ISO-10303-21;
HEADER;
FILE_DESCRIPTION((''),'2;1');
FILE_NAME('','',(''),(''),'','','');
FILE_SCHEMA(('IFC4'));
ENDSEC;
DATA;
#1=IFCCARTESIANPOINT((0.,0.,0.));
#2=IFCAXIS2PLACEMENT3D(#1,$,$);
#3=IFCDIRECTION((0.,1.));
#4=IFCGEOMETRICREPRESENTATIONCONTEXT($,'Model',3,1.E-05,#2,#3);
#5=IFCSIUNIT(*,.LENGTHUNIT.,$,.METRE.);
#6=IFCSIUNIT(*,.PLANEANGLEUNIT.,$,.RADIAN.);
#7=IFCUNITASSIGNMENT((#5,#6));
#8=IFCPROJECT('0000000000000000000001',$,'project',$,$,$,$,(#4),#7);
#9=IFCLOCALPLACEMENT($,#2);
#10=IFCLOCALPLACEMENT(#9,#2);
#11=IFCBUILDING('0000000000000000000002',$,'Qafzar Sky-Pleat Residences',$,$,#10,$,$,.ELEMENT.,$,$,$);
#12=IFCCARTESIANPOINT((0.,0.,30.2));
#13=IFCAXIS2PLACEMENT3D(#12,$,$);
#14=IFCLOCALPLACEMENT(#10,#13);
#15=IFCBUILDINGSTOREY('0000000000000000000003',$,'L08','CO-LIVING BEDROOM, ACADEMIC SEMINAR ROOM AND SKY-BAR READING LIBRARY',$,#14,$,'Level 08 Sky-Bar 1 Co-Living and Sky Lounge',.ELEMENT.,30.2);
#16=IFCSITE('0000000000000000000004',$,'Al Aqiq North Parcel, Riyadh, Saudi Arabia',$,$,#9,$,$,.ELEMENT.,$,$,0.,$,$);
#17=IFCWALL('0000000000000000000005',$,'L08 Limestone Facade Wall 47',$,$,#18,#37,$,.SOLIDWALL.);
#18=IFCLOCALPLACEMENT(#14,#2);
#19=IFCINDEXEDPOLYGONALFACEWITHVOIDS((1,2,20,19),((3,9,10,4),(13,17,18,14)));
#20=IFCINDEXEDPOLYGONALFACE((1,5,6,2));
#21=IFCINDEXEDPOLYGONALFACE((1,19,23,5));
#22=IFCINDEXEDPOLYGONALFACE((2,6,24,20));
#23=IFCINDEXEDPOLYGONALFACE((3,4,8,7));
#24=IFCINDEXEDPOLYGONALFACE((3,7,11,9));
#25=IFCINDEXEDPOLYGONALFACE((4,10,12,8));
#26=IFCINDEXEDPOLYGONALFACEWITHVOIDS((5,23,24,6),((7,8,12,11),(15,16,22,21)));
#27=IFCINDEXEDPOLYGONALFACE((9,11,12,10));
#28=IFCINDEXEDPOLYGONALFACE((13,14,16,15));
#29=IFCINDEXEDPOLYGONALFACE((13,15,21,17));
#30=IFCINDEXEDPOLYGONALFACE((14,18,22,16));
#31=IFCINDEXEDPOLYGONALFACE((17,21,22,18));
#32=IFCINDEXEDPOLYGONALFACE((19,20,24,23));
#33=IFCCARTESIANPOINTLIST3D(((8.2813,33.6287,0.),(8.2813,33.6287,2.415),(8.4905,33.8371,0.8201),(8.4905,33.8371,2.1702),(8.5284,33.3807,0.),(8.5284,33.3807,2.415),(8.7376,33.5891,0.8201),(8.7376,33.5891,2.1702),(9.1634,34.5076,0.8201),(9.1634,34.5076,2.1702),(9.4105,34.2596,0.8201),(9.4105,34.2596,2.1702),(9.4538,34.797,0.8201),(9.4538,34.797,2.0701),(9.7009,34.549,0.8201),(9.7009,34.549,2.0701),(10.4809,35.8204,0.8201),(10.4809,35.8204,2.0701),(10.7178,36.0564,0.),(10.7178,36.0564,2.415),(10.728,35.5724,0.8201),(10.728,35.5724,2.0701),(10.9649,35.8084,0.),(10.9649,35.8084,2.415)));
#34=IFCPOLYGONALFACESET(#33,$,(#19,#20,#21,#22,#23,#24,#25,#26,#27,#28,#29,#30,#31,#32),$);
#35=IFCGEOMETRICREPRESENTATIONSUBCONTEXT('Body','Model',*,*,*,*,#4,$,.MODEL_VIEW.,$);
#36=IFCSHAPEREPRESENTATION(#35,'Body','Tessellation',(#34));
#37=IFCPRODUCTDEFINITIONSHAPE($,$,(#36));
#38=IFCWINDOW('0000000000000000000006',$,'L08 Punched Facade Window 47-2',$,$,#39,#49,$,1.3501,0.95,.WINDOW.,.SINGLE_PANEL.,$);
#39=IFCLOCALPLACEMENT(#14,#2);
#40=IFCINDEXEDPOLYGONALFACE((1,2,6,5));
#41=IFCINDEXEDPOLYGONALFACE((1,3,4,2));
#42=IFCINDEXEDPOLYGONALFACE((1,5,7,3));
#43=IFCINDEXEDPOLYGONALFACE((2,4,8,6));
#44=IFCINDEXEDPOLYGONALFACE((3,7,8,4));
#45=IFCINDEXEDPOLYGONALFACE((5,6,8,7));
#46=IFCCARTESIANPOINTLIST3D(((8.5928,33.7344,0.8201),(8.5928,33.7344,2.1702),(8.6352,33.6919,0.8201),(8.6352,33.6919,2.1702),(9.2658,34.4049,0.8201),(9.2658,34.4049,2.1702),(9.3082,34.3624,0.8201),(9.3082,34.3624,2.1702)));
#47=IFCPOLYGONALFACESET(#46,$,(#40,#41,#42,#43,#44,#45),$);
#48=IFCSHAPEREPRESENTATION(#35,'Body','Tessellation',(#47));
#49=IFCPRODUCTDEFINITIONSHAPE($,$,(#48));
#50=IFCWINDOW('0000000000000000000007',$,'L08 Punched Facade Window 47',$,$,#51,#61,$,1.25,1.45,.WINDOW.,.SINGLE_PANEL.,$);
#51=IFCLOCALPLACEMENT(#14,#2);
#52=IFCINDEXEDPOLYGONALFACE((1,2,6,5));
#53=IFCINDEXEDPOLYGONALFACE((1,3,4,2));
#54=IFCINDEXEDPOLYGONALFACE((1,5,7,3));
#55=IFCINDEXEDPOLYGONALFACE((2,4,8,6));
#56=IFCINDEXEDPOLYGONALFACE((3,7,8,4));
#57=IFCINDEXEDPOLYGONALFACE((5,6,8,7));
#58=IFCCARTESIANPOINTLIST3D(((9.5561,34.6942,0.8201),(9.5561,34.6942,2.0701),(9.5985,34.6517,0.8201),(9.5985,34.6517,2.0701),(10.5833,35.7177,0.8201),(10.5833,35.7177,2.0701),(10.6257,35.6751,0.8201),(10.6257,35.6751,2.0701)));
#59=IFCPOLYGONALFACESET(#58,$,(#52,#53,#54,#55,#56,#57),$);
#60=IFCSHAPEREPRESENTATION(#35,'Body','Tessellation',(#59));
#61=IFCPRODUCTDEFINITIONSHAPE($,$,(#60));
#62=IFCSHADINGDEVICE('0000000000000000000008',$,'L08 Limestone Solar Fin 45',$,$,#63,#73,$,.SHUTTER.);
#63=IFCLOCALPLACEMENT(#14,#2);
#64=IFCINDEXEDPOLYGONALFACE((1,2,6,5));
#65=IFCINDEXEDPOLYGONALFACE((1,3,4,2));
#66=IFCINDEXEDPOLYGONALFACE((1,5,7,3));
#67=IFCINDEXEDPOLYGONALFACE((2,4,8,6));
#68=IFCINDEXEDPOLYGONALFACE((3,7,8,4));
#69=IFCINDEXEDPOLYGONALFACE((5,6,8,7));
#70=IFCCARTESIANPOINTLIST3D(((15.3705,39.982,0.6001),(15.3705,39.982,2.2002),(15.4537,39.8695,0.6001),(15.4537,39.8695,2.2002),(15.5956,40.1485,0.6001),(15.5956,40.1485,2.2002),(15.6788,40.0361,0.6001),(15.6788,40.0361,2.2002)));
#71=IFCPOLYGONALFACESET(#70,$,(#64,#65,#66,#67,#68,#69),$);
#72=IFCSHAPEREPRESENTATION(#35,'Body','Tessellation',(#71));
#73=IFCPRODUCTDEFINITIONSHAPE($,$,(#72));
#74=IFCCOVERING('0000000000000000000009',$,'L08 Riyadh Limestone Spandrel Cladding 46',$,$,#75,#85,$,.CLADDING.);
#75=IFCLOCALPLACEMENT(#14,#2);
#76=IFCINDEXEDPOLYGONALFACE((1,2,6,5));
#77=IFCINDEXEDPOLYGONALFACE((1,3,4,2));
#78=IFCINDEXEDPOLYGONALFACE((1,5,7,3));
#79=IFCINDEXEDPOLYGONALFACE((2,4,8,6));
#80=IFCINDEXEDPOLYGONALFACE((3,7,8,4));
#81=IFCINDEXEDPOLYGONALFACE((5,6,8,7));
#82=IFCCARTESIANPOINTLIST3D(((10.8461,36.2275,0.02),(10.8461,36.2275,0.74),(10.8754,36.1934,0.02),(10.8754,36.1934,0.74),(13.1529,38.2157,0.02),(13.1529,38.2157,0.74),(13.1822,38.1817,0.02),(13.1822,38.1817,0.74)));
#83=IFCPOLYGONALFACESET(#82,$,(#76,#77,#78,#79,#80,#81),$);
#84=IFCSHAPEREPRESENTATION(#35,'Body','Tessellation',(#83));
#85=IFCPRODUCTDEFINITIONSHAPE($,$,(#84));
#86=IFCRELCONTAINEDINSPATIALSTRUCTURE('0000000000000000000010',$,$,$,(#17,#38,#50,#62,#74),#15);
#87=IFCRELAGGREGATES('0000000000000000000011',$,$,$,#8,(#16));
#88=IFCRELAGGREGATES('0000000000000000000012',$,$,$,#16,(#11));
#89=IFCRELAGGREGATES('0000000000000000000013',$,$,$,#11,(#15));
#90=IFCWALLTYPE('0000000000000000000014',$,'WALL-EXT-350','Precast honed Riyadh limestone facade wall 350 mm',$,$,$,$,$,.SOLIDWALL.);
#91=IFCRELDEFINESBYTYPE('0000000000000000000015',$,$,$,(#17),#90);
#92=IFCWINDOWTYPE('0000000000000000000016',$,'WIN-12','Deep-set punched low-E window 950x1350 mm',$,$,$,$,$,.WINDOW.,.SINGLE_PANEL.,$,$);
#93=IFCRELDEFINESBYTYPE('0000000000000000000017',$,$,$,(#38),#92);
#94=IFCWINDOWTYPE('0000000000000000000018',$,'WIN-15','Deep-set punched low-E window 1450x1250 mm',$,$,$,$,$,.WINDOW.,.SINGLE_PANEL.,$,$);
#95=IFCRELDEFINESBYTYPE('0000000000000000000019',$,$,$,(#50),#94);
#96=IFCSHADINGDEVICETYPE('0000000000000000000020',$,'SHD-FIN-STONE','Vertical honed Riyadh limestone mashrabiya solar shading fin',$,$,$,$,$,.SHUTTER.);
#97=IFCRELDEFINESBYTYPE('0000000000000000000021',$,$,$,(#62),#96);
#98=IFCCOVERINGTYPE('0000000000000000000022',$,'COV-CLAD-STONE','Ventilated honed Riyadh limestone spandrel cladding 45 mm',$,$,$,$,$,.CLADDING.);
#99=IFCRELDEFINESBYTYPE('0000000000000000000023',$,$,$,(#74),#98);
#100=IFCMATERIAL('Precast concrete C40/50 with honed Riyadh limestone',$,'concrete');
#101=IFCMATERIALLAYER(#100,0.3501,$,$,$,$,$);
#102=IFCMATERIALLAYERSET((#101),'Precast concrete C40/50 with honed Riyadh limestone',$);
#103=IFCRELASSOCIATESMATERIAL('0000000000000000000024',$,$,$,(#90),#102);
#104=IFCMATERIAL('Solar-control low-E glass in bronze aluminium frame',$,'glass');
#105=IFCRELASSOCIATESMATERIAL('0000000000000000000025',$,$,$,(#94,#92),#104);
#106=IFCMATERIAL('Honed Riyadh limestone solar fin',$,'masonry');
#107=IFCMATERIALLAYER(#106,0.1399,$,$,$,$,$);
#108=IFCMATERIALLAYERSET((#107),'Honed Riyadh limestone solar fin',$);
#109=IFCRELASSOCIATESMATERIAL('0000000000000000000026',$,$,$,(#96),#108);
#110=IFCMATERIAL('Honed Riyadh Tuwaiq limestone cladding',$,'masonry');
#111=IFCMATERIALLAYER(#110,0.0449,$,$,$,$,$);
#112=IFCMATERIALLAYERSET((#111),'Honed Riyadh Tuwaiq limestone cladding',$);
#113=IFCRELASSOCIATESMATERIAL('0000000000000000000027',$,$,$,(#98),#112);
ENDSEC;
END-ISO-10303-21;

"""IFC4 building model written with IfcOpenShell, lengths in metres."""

from ifc_helpers import new_model, si_unit, direction, frame, frame_2d, origin, origin_2d, place, context, subcontext, project, spatial, rectangle, extrude, source, transform, mapped, material, layer, layer_set, type_object, element, fill, save


model = new_model("IFC4")

# Units and contexts
model_context = context("Model", 3, precision=1e-05, world=origin(), true_north=direction((0.0, 1.0)))
body_context = subcontext(model_context, "Body", "Model", "MODEL_VIEW")
ifc_project = project(units=[si_unit("LENGTHUNIT", "METRE"), si_unit("PLANEANGLEUNIT", "RADIAN")], contexts=[model_context])

# Site, building, storey
site_placement = place(None, origin())
site = spatial("IfcSite", under=ifc_project, at=site_placement, Name="Al Aqiq North Parcel, Riyadh, Saudi Arabia", CompositionType="ELEMENT", RefElevation=0.0)
building_placement = place(site_placement, origin())
building = spatial("IfcBuilding", under=site, at=building_placement, Name="Qafzar Sky-Pleat Residences", CompositionType="ELEMENT")
storey_placement = place(building_placement, frame((0.0, 0.0, 30.2)))
storey = spatial("IfcBuildingStorey", under=building, at=storey_placement, Name="L08", Description="CO-LIVING BEDROOM, ACADEMIC SEMINAR ROOM AND SKY-BAR READING LIBRARY", LongName="Level 08 Sky-Bar 1 Co-Living and Sky Lounge", CompositionType="ELEMENT", Elevation=30.2)

# Wall, openings, windows
ifc_material_1 = material(Name="Precast concrete C40/50 with honed Riyadh limestone", Category="concrete")
ifc_layer_1 = layer(ifc_material_1, 0.3501)
ifc_layer_set_1 = layer_set([ifc_layer_1], Name="Precast concrete C40/50 with honed Riyadh limestone")
wall_type_1 = type_object("IfcWallType", Name="WALL-EXT-350", Description="Precast honed Riyadh limestone facade wall 350 mm", PredefinedType="SOLIDWALL", material=ifc_layer_set_1)
ifc_material_2 = material(Name="Solar-control low-E glass in bronze aluminium frame", Category="glass")
window_type_1 = type_object("IfcWindowType", Name="WIN-15", Description="Deep-set punched low-E window 1450x1250 mm", PartitioningType="SINGLE_PANEL", PredefinedType="WINDOW", material=ifc_material_2)
shared_shape_1 = source(origin(), body_context, "Body", "SweptSolid", [
    extrude(rectangle(XDim=1.45, YDim=1.25, at=frame_2d((0.7251, 0.625))), frame((0.0, 0.03, 0.0), z_axis=(0.0, -1.0, 0.0), x_axis=(1.0, 0.0, 0.0)), (0.0, 0.0, 1.0), 0.0601),
])
wall_1_placement = place(storey_placement, frame((10.8413, 35.9324, 0.0), z_axis=(0.0, 0.0, 1.0), x_axis=(-0.708383, -0.705828, 0.0)))
wall_1 = element("IfcWall", 1, at=wall_1_placement, inside=storey, type_object=wall_type_1, Name="L08 Limestone Facade Wall 47", PredefinedType="SOLIDWALL", context=body_context, shape_type="SweptSolid", body=[
    extrude(rectangle(XDim=3.4395, YDim=0.3501, at=frame_2d((1.7197, 0.0))), origin(), (0.0, 0.0, 1.0), 2.415),
])
opening_1_placement = place(wall_1_placement, frame((0.3342, 0.0, 0.8201)))
opening_1 = element("IfcOpeningElement", 2, at=opening_1_placement, cuts=wall_1, PredefinedType="OPENING", context=body_context, shape_type="SweptSolid", body=[
    extrude(rectangle(XDim=1.45, YDim=1.25, at=frame_2d((0.7251, 0.625))), frame((0.0, 0.1851, 0.0), z_axis=(0.0, -1.0, 0.0), x_axis=(1.0, 0.0, 0.0)), (0.0, 0.0, 1.0), 0.3701),
])
opening_2_placement = place(wall_1_placement, frame((2.1941, 0.0, 0.8201)))
opening_2 = element("IfcOpeningElement", 3, at=opening_2_placement, cuts=wall_1, PredefinedType="OPENING", context=body_context, shape_type="SweptSolid", body=[
    extrude(rectangle(XDim=0.95, YDim=1.3501, at=frame_2d((0.4751, 0.675))), frame((0.0, 0.1851, 0.0), z_axis=(0.0, -1.0, 0.0), x_axis=(1.0, 0.0, 0.0)), (0.0, 0.0, 1.0), 0.3701),
])
window_type_2 = type_object("IfcWindowType", Name="WIN-12", Description="Deep-set punched low-E window 950x1350 mm", PartitioningType="SINGLE_PANEL", PredefinedType="WINDOW", material=ifc_material_2)
shared_shape_2 = source(origin(), body_context, "Body", "SweptSolid", [
    extrude(rectangle(XDim=0.95, YDim=1.3501, at=frame_2d((0.4751, 0.675))), frame((0.0, 0.03, 0.0), z_axis=(0.0, -1.0, 0.0), x_axis=(1.0, 0.0, 0.0)), (0.0, 0.0, 1.0), 0.0601),
])
window_1_placement = place(opening_2_placement, origin())
window_1 = element("IfcWindow", 4, at=window_1_placement, inside=storey, type_object=window_type_2, Name="L08 Punched Facade Window 47-2", OverallHeight=1.3501, OverallWidth=0.95, PartitioningType="SINGLE_PANEL", PredefinedType="WINDOW", context=body_context, shape_type="MappedRepresentation", body=[
    mapped(shared_shape_2, transform((0.0, 0.0, 0.0), x_axis=(1.0, 0.0, 0.0), y_axis=(0.0, 1.0, 0.0), z_axis=(0.0, 0.0, 1.0), scale=1.0)),
])
fill(opening_2, window_1)
window_2_placement = place(opening_1_placement, origin())
window_2 = element("IfcWindow", 5, at=window_2_placement, inside=storey, type_object=window_type_1, Name="L08 Punched Facade Window 47", OverallHeight=1.25, OverallWidth=1.45, PartitioningType="SINGLE_PANEL", PredefinedType="WINDOW", context=body_context, shape_type="MappedRepresentation", body=[
    mapped(shared_shape_1, transform((0.0, 0.0, 0.0), x_axis=(1.0, 0.0, 0.0), y_axis=(0.0, 1.0, 0.0), z_axis=(0.0, 0.0, 1.0), scale=1.0)),
])
fill(opening_1, window_2)

# Shading device
ifc_material_3 = material(Name="Honed Riyadh limestone solar fin", Category="masonry")
ifc_layer_2 = layer(ifc_material_3, 0.1399)
ifc_layer_set_2 = layer_set([ifc_layer_2], Name="Honed Riyadh limestone solar fin")
shading_device_type = type_object("IfcShadingDeviceType", Name="SHD-FIN-STONE", Description="Vertical honed Riyadh limestone mashrabiya solar shading fin", PredefinedType="SHUTTER", material=ifc_layer_set_2)
shared_shape_3 = source(origin(), body_context, "Body", "SweptSolid", [
    extrude(rectangle(XDim=0.1399, YDim=0.28, at=origin_2d()), origin(), (0.0, 0.0, 1.0), 1.6001),
])
shading_device_placement = place(storey_placement, frame((15.5247, 40.009, 0.6001), z_axis=(0.0, 0.0, 1.0), x_axis=(-0.594882, 0.803813, 0.0)))
element("IfcShadingDevice", 6, at=shading_device_placement, inside=storey, type_object=shading_device_type, Name="L08 Limestone Solar Fin 45", PredefinedType="SHUTTER", context=body_context, shape_type="MappedRepresentation", body=[
    mapped(shared_shape_3, transform((0.0, 0.0, 0.0), x_axis=(1.0, 0.0, 0.0), y_axis=(0.0, 1.0, 0.0), z_axis=(0.0, 0.0, 1.0), scale=1.0)),
])

# Covering
ifc_material_4 = material(Name="Honed Riyadh Tuwaiq limestone cladding", Category="masonry")
ifc_layer_3 = layer(ifc_material_4, 0.0449)
ifc_layer_set_3 = layer_set([ifc_layer_3], Name="Honed Riyadh Tuwaiq limestone cladding")
covering_type = type_object("IfcCoveringType", Name="COV-CLAD-STONE", Description="Ventilated honed Riyadh limestone spandrel cladding 45 mm", PredefinedType="CLADDING", material=ifc_layer_set_3)
shared_shape_4 = source(origin(), body_context, "Body", "SweptSolid", [
    extrude(rectangle(XDim=3.0454, YDim=0.0449, at=origin_2d()), origin(), (0.0, 0.0, 1.0), 0.72),
])
covering_placement = place(storey_placement, frame((12.0142, 37.2046, 0.02), z_axis=(0.0, 0.0, 1.0), x_axis=(-0.757466, -0.652875, 0.0)))
element("IfcCovering", 7, at=covering_placement, inside=storey, type_object=covering_type, Name="L08 Riyadh Limestone Spandrel Cladding 46", PredefinedType="CLADDING", context=body_context, shape_type="MappedRepresentation", body=[
    mapped(shared_shape_4, transform((0.0, 0.0, 0.0), x_axis=(1.0, 0.0, 0.0), y_axis=(0.0, 1.0, 0.0), z_axis=(0.0, 0.0, 1.0), scale=1.0)),
])

save(model, "model.ifc")
